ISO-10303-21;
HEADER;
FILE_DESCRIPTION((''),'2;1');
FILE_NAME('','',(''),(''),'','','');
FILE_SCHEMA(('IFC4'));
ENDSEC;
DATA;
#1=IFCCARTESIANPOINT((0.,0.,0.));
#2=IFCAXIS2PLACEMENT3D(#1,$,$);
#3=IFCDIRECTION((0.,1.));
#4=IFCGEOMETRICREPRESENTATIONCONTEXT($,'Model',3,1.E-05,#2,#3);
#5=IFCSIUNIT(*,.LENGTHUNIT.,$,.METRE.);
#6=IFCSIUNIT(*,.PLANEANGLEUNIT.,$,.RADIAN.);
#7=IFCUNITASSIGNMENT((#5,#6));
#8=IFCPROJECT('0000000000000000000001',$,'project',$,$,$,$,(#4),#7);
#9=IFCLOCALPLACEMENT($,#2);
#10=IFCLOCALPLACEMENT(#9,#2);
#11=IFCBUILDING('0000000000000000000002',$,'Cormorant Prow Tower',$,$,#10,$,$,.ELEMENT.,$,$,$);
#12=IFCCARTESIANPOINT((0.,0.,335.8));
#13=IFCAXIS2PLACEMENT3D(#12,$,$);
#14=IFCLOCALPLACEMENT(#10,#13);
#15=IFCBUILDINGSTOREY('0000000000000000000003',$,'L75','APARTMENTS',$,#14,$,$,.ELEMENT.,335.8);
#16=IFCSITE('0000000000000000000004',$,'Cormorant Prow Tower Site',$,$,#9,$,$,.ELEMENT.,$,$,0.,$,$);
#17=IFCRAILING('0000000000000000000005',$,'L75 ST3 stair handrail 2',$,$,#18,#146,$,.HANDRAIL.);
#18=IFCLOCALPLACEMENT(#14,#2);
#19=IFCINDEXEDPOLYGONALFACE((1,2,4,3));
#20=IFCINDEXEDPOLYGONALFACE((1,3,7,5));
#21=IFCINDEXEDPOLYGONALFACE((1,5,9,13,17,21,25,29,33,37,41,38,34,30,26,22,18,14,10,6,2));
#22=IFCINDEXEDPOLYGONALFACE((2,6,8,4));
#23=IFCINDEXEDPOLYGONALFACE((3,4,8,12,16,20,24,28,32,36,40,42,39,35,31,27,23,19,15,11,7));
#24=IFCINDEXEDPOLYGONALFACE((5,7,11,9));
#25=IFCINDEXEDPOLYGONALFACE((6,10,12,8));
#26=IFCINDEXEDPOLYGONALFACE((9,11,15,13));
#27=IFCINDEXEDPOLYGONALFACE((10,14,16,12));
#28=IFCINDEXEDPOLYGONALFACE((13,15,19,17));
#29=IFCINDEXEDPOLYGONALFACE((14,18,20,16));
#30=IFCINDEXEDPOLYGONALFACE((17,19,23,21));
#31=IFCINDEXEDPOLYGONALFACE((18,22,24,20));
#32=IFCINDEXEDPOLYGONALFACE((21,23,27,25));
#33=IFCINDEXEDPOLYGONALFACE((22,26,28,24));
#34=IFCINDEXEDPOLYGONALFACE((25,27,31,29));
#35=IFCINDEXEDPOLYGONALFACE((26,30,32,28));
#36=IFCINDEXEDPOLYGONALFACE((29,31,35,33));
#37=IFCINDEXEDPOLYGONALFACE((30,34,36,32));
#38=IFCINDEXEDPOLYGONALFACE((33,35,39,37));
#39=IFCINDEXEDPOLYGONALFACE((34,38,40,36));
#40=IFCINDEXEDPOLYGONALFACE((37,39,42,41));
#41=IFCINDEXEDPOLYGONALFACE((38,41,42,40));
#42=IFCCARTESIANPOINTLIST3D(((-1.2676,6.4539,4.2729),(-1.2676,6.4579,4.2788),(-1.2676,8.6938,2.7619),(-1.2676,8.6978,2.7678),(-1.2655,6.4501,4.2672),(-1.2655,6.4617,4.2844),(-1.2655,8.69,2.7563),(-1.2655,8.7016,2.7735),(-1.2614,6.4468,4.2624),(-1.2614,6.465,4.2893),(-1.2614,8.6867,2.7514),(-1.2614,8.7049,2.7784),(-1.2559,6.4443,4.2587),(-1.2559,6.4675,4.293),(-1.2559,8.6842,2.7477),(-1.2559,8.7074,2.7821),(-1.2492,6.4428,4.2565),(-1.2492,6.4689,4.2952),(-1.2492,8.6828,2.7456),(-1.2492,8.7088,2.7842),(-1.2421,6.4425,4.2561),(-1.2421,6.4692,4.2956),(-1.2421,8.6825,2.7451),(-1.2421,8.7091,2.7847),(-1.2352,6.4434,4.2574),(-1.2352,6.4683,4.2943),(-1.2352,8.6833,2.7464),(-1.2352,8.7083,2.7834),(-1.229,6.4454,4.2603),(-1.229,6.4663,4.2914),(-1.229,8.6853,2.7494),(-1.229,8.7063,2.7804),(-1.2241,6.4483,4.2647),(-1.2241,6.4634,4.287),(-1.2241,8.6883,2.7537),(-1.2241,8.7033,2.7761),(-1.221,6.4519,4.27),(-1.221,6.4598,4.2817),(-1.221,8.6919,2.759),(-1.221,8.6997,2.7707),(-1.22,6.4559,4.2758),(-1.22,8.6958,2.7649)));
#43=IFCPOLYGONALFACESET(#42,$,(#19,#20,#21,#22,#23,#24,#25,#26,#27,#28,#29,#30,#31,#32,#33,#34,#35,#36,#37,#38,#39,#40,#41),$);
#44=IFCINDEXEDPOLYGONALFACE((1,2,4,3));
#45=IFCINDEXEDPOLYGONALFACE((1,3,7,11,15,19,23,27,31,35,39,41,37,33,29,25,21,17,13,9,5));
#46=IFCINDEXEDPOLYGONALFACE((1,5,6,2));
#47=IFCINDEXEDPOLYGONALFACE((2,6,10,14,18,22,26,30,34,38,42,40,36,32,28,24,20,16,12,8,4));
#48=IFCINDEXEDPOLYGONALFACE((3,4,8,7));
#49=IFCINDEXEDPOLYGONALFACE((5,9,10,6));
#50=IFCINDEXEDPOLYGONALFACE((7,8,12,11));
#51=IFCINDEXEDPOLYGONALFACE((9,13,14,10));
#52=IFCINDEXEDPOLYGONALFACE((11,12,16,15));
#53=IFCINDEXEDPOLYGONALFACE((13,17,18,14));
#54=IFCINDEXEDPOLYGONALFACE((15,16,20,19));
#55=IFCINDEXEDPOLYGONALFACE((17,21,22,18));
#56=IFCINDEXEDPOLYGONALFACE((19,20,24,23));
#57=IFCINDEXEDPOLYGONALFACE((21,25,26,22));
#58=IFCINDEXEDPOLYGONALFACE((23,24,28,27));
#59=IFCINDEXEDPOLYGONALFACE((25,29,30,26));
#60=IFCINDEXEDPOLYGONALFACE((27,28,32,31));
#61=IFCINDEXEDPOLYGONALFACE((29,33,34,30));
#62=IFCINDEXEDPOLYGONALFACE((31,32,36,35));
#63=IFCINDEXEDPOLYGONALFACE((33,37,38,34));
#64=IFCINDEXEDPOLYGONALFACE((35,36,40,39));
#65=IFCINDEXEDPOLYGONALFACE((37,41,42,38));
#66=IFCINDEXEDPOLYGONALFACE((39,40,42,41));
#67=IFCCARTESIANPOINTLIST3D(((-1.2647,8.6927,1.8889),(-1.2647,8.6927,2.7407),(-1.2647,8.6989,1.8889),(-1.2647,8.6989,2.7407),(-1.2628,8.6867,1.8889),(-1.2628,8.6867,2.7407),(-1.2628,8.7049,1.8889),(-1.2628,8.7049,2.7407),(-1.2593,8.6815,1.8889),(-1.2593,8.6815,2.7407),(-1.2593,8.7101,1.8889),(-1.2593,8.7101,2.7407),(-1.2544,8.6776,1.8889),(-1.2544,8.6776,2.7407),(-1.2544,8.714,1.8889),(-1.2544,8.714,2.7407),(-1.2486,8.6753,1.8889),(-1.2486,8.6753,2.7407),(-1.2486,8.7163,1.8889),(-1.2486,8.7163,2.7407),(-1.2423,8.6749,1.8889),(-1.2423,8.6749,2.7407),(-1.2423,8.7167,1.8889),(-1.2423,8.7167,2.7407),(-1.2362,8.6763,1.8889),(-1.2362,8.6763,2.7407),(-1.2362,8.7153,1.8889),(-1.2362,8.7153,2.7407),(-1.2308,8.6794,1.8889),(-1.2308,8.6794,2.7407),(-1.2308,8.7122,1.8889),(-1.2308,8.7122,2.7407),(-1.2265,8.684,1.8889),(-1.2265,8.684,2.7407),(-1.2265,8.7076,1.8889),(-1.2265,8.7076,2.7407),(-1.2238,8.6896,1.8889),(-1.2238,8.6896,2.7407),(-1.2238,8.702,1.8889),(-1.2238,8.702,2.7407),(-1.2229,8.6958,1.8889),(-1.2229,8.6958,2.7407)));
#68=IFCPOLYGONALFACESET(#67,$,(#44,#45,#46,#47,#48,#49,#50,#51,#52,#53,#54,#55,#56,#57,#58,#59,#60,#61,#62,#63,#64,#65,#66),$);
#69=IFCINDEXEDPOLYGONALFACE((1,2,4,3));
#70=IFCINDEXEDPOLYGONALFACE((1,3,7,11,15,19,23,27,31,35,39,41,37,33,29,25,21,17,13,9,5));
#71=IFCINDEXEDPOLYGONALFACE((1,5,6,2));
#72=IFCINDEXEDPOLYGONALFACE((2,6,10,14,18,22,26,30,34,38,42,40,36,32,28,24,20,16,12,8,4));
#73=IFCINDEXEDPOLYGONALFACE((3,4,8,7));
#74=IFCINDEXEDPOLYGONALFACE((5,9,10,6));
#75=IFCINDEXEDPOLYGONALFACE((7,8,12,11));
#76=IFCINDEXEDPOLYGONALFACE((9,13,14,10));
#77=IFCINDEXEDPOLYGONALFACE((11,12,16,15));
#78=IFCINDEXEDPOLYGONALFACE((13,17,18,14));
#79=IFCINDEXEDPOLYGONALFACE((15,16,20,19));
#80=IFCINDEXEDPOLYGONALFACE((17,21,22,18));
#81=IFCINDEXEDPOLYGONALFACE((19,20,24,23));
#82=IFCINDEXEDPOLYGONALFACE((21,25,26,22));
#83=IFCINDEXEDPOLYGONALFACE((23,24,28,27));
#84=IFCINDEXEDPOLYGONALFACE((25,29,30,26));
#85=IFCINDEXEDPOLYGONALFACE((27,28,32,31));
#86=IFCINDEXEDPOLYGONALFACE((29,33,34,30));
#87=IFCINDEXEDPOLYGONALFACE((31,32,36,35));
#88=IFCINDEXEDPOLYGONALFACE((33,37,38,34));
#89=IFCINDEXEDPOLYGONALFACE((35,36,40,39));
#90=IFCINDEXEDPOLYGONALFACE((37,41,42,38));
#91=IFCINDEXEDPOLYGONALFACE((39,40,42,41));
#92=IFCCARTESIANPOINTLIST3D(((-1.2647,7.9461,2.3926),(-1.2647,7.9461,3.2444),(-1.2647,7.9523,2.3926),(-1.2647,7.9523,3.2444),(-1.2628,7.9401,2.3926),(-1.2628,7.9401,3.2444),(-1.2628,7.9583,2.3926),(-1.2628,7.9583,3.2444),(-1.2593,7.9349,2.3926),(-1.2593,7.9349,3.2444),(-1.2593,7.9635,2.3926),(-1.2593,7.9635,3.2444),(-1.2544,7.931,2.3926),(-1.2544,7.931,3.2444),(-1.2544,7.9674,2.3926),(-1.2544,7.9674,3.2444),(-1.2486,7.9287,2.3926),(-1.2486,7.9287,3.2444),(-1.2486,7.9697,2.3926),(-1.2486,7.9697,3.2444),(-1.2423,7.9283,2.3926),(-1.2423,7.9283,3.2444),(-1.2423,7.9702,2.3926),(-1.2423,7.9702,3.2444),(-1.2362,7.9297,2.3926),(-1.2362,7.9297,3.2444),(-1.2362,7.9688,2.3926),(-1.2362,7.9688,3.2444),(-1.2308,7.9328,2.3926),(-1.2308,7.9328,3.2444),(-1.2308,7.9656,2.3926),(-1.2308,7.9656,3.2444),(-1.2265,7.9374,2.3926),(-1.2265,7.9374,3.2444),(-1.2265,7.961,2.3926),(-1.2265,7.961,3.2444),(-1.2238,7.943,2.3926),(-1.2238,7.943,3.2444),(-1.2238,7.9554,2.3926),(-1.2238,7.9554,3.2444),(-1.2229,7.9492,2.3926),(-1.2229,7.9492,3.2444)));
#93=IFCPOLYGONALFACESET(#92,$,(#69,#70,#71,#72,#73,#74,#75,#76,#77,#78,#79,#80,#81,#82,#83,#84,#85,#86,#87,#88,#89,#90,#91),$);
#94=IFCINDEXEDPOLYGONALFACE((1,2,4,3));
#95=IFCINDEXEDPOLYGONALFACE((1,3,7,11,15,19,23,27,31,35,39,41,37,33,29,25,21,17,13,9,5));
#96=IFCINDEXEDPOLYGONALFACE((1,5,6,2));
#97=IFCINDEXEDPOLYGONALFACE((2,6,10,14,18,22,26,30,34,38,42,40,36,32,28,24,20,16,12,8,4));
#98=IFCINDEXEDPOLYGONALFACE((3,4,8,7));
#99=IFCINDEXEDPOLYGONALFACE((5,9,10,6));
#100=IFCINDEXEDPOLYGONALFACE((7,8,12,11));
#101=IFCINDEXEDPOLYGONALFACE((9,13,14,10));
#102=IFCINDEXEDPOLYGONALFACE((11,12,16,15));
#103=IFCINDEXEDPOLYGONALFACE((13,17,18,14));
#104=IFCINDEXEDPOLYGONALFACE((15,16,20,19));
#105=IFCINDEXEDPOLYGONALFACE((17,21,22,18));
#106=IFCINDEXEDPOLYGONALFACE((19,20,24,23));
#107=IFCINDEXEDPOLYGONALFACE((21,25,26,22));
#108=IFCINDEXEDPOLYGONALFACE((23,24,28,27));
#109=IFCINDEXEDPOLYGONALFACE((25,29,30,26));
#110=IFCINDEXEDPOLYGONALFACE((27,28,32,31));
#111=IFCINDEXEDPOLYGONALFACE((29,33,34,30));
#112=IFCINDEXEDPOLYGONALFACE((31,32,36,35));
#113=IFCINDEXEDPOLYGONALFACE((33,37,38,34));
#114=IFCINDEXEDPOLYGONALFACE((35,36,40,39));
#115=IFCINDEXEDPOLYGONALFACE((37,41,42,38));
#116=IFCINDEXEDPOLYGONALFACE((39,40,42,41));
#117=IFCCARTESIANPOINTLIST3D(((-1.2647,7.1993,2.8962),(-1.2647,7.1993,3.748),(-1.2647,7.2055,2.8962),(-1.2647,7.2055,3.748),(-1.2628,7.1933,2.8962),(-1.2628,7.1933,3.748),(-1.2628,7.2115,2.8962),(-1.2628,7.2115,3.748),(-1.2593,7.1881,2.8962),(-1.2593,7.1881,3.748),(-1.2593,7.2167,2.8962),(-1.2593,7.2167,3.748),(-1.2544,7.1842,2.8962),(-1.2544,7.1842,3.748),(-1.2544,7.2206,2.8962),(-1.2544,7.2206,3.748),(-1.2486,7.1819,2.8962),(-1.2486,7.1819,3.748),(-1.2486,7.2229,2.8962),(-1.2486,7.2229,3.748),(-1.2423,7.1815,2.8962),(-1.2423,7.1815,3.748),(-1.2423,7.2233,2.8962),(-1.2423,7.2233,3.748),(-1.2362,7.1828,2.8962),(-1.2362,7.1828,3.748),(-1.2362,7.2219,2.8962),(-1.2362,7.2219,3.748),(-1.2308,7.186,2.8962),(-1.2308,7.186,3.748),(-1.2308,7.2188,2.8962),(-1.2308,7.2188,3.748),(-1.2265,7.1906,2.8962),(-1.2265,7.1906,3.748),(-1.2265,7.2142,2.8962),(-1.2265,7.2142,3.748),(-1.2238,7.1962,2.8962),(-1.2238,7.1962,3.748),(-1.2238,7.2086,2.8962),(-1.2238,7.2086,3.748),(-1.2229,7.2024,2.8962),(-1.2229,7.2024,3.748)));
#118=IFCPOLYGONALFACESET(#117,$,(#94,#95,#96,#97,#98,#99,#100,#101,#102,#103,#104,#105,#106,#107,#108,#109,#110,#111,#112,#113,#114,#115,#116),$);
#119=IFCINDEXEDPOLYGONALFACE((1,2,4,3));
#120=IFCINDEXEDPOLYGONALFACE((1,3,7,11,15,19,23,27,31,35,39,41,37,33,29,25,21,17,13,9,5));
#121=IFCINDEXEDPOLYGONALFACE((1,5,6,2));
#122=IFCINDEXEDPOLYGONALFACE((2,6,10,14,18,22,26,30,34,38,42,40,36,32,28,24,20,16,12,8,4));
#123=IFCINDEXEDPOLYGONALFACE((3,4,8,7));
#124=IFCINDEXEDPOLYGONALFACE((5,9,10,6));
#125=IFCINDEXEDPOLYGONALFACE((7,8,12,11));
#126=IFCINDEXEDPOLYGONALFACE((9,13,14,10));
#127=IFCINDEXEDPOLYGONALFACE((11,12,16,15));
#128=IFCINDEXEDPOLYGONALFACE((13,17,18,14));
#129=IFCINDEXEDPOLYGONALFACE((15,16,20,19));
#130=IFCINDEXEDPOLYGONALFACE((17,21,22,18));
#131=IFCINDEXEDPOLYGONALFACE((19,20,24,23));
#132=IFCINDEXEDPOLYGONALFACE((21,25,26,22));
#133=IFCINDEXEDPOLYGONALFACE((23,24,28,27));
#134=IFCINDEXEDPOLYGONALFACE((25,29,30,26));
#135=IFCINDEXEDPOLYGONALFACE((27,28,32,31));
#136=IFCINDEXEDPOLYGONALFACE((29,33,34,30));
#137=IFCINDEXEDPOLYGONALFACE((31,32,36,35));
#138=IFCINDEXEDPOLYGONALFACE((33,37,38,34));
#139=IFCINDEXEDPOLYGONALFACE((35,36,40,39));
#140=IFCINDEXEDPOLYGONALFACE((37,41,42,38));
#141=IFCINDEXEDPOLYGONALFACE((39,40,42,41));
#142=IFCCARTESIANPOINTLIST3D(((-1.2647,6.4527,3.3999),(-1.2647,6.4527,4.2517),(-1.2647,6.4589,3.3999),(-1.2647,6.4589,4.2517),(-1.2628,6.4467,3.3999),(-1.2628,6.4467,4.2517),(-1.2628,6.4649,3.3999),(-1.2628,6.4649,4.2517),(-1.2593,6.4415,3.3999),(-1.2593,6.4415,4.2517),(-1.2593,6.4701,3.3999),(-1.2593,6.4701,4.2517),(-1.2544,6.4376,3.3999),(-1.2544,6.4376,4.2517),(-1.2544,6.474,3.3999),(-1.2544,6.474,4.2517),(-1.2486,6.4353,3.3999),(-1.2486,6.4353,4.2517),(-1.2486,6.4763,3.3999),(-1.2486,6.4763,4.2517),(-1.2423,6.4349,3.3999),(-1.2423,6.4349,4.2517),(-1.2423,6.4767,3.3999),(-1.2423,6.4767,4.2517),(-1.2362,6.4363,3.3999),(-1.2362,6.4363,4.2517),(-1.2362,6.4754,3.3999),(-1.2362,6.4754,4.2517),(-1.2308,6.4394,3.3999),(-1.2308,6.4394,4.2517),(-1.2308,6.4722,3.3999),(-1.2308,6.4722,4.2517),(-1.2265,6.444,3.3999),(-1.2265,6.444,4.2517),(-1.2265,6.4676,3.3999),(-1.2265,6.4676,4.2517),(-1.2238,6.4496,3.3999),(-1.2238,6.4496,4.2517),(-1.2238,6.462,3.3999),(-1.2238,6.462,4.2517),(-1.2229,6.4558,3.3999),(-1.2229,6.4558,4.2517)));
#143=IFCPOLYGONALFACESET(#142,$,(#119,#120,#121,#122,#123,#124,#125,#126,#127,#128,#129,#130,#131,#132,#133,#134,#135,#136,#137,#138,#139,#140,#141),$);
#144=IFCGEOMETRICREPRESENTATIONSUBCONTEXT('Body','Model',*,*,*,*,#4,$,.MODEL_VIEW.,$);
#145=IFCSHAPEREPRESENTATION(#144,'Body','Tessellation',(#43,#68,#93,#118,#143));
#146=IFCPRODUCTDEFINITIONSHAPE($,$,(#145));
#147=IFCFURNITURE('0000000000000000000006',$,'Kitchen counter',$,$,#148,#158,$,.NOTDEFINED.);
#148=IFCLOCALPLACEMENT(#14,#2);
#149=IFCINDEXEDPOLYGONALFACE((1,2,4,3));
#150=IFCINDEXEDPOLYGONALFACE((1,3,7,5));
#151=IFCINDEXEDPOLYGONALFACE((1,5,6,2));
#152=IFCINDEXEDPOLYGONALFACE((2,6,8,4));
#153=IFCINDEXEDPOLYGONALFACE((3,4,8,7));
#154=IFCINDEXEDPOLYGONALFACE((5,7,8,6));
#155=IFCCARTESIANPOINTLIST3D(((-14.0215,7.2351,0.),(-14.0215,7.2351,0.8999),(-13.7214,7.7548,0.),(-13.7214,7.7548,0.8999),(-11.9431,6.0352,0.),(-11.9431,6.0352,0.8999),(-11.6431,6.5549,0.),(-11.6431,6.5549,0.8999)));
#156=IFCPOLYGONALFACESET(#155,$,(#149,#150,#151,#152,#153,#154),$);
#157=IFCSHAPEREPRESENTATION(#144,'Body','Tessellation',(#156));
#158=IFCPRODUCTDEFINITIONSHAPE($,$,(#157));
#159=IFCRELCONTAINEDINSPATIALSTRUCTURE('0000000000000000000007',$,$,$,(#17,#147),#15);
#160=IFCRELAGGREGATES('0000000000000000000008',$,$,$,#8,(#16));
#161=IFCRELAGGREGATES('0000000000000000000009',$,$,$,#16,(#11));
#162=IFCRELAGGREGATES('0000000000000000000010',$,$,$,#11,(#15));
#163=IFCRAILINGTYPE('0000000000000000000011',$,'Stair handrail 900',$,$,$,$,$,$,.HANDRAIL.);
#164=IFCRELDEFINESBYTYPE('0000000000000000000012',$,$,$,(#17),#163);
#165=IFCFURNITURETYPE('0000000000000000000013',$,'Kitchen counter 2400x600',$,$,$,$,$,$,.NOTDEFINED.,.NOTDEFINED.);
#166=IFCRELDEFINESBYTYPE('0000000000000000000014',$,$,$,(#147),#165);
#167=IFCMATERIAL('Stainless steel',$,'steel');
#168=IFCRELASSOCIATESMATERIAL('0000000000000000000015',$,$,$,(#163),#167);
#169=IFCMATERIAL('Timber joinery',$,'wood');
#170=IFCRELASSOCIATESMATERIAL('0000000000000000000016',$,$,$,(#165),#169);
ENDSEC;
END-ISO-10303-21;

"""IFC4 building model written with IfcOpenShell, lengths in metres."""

from ifc_helpers import new_model, si_unit, direction, frame, origin, origin_2d, place, context, subcontext, project, spatial, rectangle, circle, extrude, material, type_object, element, save


model = new_model("IFC4")

# Units and contexts
model_context = context("Model", 3, precision=1e-05, world=origin(), true_north=direction((0.0, 1.0)))
body_context = subcontext(model_context, "Body", "Model", "MODEL_VIEW")
ifc_project = project(units=[si_unit("LENGTHUNIT", "METRE"), si_unit("PLANEANGLEUNIT", "RADIAN")], contexts=[model_context])

# Site, building, storey
site_placement = place(None, origin())
site = spatial("IfcSite", under=ifc_project, at=site_placement, Name="Cormorant Prow Tower Site", CompositionType="ELEMENT", RefElevation=0.0)
building_placement = place(site_placement, origin())
building = spatial("IfcBuilding", under=site, at=building_placement, Name="Cormorant Prow Tower", CompositionType="ELEMENT")
storey_placement = place(building_placement, frame((0.0, 0.0, 335.8)))
storey = spatial("IfcBuildingStorey", under=building, at=storey_placement, Name="L75", Description="APARTMENTS", CompositionType="ELEMENT", Elevation=335.8)

# Railing
ifc_material_1 = material(Name="Stainless steel", Category="steel")
railing_type = type_object("IfcRailingType", Name="Stair handrail 900", PredefinedType="HANDRAIL", material=ifc_material_1)
railing_placement = place(storey_placement, frame((-1.2439, 8.6958, 1.8889)))
element("IfcRailing", 1, at=railing_placement, inside=storey, type_object=railing_type, Name="L75 ST3 stair handrail 2", PredefinedType="HANDRAIL", context=body_context, shape_type="SweptSolid", body=[
    extrude(circle(Radius=0.0239, at=origin_2d()), frame((0.0, 0.0, 0.876), z_axis=(0.0, -0.829021, 0.559217), x_axis=(1.0, 0.0, 0.0)), (0.0, 0.0, 1.0), 2.7019),
    extrude(circle(Radius=0.021, at=origin_2d()), origin(), (0.0, 0.0, 1.0), 0.8518),
    extrude(circle(Radius=0.021, at=origin_2d()), frame((0.0, -0.7466, 0.5037)), (0.0, 0.0, 1.0), 0.8518),
    extrude(circle(Radius=0.021, at=origin_2d()), frame((0.0, -1.4934, 1.0073)), (0.0, 0.0, 1.0), 0.8518),
    extrude(circle(Radius=0.021, at=origin_2d()), frame((0.0, -2.24, 1.511)), (0.0, 0.0, 1.0), 0.8518),
])

# Furniture
ifc_material_2 = material(Name="Timber joinery", Category="wood")
furniture_type = type_object("IfcFurnitureType", Name="Kitchen counter 2400x600", AssemblyPlace="NOTDEFINED", PredefinedType="NOTDEFINED", material=ifc_material_2)
furniture_placement = place(storey_placement, frame((-12.8323, 6.895, 0.0), z_axis=(0.0, 0.0, 1.0), x_axis=(0.866025, -0.5, 0.0)))
element("IfcFurniture", 2, at=furniture_placement, inside=storey, type_object=furniture_type, Name="Kitchen counter", PredefinedType="NOTDEFINED", context=body_context, shape_type="SweptSolid", body=[
    extrude(rectangle(XDim=2.3999, YDim=0.6001, at=origin_2d()), origin(), (0.0, 0.0, 1.0), 0.8999),
])

save(model, "model.ifc")
